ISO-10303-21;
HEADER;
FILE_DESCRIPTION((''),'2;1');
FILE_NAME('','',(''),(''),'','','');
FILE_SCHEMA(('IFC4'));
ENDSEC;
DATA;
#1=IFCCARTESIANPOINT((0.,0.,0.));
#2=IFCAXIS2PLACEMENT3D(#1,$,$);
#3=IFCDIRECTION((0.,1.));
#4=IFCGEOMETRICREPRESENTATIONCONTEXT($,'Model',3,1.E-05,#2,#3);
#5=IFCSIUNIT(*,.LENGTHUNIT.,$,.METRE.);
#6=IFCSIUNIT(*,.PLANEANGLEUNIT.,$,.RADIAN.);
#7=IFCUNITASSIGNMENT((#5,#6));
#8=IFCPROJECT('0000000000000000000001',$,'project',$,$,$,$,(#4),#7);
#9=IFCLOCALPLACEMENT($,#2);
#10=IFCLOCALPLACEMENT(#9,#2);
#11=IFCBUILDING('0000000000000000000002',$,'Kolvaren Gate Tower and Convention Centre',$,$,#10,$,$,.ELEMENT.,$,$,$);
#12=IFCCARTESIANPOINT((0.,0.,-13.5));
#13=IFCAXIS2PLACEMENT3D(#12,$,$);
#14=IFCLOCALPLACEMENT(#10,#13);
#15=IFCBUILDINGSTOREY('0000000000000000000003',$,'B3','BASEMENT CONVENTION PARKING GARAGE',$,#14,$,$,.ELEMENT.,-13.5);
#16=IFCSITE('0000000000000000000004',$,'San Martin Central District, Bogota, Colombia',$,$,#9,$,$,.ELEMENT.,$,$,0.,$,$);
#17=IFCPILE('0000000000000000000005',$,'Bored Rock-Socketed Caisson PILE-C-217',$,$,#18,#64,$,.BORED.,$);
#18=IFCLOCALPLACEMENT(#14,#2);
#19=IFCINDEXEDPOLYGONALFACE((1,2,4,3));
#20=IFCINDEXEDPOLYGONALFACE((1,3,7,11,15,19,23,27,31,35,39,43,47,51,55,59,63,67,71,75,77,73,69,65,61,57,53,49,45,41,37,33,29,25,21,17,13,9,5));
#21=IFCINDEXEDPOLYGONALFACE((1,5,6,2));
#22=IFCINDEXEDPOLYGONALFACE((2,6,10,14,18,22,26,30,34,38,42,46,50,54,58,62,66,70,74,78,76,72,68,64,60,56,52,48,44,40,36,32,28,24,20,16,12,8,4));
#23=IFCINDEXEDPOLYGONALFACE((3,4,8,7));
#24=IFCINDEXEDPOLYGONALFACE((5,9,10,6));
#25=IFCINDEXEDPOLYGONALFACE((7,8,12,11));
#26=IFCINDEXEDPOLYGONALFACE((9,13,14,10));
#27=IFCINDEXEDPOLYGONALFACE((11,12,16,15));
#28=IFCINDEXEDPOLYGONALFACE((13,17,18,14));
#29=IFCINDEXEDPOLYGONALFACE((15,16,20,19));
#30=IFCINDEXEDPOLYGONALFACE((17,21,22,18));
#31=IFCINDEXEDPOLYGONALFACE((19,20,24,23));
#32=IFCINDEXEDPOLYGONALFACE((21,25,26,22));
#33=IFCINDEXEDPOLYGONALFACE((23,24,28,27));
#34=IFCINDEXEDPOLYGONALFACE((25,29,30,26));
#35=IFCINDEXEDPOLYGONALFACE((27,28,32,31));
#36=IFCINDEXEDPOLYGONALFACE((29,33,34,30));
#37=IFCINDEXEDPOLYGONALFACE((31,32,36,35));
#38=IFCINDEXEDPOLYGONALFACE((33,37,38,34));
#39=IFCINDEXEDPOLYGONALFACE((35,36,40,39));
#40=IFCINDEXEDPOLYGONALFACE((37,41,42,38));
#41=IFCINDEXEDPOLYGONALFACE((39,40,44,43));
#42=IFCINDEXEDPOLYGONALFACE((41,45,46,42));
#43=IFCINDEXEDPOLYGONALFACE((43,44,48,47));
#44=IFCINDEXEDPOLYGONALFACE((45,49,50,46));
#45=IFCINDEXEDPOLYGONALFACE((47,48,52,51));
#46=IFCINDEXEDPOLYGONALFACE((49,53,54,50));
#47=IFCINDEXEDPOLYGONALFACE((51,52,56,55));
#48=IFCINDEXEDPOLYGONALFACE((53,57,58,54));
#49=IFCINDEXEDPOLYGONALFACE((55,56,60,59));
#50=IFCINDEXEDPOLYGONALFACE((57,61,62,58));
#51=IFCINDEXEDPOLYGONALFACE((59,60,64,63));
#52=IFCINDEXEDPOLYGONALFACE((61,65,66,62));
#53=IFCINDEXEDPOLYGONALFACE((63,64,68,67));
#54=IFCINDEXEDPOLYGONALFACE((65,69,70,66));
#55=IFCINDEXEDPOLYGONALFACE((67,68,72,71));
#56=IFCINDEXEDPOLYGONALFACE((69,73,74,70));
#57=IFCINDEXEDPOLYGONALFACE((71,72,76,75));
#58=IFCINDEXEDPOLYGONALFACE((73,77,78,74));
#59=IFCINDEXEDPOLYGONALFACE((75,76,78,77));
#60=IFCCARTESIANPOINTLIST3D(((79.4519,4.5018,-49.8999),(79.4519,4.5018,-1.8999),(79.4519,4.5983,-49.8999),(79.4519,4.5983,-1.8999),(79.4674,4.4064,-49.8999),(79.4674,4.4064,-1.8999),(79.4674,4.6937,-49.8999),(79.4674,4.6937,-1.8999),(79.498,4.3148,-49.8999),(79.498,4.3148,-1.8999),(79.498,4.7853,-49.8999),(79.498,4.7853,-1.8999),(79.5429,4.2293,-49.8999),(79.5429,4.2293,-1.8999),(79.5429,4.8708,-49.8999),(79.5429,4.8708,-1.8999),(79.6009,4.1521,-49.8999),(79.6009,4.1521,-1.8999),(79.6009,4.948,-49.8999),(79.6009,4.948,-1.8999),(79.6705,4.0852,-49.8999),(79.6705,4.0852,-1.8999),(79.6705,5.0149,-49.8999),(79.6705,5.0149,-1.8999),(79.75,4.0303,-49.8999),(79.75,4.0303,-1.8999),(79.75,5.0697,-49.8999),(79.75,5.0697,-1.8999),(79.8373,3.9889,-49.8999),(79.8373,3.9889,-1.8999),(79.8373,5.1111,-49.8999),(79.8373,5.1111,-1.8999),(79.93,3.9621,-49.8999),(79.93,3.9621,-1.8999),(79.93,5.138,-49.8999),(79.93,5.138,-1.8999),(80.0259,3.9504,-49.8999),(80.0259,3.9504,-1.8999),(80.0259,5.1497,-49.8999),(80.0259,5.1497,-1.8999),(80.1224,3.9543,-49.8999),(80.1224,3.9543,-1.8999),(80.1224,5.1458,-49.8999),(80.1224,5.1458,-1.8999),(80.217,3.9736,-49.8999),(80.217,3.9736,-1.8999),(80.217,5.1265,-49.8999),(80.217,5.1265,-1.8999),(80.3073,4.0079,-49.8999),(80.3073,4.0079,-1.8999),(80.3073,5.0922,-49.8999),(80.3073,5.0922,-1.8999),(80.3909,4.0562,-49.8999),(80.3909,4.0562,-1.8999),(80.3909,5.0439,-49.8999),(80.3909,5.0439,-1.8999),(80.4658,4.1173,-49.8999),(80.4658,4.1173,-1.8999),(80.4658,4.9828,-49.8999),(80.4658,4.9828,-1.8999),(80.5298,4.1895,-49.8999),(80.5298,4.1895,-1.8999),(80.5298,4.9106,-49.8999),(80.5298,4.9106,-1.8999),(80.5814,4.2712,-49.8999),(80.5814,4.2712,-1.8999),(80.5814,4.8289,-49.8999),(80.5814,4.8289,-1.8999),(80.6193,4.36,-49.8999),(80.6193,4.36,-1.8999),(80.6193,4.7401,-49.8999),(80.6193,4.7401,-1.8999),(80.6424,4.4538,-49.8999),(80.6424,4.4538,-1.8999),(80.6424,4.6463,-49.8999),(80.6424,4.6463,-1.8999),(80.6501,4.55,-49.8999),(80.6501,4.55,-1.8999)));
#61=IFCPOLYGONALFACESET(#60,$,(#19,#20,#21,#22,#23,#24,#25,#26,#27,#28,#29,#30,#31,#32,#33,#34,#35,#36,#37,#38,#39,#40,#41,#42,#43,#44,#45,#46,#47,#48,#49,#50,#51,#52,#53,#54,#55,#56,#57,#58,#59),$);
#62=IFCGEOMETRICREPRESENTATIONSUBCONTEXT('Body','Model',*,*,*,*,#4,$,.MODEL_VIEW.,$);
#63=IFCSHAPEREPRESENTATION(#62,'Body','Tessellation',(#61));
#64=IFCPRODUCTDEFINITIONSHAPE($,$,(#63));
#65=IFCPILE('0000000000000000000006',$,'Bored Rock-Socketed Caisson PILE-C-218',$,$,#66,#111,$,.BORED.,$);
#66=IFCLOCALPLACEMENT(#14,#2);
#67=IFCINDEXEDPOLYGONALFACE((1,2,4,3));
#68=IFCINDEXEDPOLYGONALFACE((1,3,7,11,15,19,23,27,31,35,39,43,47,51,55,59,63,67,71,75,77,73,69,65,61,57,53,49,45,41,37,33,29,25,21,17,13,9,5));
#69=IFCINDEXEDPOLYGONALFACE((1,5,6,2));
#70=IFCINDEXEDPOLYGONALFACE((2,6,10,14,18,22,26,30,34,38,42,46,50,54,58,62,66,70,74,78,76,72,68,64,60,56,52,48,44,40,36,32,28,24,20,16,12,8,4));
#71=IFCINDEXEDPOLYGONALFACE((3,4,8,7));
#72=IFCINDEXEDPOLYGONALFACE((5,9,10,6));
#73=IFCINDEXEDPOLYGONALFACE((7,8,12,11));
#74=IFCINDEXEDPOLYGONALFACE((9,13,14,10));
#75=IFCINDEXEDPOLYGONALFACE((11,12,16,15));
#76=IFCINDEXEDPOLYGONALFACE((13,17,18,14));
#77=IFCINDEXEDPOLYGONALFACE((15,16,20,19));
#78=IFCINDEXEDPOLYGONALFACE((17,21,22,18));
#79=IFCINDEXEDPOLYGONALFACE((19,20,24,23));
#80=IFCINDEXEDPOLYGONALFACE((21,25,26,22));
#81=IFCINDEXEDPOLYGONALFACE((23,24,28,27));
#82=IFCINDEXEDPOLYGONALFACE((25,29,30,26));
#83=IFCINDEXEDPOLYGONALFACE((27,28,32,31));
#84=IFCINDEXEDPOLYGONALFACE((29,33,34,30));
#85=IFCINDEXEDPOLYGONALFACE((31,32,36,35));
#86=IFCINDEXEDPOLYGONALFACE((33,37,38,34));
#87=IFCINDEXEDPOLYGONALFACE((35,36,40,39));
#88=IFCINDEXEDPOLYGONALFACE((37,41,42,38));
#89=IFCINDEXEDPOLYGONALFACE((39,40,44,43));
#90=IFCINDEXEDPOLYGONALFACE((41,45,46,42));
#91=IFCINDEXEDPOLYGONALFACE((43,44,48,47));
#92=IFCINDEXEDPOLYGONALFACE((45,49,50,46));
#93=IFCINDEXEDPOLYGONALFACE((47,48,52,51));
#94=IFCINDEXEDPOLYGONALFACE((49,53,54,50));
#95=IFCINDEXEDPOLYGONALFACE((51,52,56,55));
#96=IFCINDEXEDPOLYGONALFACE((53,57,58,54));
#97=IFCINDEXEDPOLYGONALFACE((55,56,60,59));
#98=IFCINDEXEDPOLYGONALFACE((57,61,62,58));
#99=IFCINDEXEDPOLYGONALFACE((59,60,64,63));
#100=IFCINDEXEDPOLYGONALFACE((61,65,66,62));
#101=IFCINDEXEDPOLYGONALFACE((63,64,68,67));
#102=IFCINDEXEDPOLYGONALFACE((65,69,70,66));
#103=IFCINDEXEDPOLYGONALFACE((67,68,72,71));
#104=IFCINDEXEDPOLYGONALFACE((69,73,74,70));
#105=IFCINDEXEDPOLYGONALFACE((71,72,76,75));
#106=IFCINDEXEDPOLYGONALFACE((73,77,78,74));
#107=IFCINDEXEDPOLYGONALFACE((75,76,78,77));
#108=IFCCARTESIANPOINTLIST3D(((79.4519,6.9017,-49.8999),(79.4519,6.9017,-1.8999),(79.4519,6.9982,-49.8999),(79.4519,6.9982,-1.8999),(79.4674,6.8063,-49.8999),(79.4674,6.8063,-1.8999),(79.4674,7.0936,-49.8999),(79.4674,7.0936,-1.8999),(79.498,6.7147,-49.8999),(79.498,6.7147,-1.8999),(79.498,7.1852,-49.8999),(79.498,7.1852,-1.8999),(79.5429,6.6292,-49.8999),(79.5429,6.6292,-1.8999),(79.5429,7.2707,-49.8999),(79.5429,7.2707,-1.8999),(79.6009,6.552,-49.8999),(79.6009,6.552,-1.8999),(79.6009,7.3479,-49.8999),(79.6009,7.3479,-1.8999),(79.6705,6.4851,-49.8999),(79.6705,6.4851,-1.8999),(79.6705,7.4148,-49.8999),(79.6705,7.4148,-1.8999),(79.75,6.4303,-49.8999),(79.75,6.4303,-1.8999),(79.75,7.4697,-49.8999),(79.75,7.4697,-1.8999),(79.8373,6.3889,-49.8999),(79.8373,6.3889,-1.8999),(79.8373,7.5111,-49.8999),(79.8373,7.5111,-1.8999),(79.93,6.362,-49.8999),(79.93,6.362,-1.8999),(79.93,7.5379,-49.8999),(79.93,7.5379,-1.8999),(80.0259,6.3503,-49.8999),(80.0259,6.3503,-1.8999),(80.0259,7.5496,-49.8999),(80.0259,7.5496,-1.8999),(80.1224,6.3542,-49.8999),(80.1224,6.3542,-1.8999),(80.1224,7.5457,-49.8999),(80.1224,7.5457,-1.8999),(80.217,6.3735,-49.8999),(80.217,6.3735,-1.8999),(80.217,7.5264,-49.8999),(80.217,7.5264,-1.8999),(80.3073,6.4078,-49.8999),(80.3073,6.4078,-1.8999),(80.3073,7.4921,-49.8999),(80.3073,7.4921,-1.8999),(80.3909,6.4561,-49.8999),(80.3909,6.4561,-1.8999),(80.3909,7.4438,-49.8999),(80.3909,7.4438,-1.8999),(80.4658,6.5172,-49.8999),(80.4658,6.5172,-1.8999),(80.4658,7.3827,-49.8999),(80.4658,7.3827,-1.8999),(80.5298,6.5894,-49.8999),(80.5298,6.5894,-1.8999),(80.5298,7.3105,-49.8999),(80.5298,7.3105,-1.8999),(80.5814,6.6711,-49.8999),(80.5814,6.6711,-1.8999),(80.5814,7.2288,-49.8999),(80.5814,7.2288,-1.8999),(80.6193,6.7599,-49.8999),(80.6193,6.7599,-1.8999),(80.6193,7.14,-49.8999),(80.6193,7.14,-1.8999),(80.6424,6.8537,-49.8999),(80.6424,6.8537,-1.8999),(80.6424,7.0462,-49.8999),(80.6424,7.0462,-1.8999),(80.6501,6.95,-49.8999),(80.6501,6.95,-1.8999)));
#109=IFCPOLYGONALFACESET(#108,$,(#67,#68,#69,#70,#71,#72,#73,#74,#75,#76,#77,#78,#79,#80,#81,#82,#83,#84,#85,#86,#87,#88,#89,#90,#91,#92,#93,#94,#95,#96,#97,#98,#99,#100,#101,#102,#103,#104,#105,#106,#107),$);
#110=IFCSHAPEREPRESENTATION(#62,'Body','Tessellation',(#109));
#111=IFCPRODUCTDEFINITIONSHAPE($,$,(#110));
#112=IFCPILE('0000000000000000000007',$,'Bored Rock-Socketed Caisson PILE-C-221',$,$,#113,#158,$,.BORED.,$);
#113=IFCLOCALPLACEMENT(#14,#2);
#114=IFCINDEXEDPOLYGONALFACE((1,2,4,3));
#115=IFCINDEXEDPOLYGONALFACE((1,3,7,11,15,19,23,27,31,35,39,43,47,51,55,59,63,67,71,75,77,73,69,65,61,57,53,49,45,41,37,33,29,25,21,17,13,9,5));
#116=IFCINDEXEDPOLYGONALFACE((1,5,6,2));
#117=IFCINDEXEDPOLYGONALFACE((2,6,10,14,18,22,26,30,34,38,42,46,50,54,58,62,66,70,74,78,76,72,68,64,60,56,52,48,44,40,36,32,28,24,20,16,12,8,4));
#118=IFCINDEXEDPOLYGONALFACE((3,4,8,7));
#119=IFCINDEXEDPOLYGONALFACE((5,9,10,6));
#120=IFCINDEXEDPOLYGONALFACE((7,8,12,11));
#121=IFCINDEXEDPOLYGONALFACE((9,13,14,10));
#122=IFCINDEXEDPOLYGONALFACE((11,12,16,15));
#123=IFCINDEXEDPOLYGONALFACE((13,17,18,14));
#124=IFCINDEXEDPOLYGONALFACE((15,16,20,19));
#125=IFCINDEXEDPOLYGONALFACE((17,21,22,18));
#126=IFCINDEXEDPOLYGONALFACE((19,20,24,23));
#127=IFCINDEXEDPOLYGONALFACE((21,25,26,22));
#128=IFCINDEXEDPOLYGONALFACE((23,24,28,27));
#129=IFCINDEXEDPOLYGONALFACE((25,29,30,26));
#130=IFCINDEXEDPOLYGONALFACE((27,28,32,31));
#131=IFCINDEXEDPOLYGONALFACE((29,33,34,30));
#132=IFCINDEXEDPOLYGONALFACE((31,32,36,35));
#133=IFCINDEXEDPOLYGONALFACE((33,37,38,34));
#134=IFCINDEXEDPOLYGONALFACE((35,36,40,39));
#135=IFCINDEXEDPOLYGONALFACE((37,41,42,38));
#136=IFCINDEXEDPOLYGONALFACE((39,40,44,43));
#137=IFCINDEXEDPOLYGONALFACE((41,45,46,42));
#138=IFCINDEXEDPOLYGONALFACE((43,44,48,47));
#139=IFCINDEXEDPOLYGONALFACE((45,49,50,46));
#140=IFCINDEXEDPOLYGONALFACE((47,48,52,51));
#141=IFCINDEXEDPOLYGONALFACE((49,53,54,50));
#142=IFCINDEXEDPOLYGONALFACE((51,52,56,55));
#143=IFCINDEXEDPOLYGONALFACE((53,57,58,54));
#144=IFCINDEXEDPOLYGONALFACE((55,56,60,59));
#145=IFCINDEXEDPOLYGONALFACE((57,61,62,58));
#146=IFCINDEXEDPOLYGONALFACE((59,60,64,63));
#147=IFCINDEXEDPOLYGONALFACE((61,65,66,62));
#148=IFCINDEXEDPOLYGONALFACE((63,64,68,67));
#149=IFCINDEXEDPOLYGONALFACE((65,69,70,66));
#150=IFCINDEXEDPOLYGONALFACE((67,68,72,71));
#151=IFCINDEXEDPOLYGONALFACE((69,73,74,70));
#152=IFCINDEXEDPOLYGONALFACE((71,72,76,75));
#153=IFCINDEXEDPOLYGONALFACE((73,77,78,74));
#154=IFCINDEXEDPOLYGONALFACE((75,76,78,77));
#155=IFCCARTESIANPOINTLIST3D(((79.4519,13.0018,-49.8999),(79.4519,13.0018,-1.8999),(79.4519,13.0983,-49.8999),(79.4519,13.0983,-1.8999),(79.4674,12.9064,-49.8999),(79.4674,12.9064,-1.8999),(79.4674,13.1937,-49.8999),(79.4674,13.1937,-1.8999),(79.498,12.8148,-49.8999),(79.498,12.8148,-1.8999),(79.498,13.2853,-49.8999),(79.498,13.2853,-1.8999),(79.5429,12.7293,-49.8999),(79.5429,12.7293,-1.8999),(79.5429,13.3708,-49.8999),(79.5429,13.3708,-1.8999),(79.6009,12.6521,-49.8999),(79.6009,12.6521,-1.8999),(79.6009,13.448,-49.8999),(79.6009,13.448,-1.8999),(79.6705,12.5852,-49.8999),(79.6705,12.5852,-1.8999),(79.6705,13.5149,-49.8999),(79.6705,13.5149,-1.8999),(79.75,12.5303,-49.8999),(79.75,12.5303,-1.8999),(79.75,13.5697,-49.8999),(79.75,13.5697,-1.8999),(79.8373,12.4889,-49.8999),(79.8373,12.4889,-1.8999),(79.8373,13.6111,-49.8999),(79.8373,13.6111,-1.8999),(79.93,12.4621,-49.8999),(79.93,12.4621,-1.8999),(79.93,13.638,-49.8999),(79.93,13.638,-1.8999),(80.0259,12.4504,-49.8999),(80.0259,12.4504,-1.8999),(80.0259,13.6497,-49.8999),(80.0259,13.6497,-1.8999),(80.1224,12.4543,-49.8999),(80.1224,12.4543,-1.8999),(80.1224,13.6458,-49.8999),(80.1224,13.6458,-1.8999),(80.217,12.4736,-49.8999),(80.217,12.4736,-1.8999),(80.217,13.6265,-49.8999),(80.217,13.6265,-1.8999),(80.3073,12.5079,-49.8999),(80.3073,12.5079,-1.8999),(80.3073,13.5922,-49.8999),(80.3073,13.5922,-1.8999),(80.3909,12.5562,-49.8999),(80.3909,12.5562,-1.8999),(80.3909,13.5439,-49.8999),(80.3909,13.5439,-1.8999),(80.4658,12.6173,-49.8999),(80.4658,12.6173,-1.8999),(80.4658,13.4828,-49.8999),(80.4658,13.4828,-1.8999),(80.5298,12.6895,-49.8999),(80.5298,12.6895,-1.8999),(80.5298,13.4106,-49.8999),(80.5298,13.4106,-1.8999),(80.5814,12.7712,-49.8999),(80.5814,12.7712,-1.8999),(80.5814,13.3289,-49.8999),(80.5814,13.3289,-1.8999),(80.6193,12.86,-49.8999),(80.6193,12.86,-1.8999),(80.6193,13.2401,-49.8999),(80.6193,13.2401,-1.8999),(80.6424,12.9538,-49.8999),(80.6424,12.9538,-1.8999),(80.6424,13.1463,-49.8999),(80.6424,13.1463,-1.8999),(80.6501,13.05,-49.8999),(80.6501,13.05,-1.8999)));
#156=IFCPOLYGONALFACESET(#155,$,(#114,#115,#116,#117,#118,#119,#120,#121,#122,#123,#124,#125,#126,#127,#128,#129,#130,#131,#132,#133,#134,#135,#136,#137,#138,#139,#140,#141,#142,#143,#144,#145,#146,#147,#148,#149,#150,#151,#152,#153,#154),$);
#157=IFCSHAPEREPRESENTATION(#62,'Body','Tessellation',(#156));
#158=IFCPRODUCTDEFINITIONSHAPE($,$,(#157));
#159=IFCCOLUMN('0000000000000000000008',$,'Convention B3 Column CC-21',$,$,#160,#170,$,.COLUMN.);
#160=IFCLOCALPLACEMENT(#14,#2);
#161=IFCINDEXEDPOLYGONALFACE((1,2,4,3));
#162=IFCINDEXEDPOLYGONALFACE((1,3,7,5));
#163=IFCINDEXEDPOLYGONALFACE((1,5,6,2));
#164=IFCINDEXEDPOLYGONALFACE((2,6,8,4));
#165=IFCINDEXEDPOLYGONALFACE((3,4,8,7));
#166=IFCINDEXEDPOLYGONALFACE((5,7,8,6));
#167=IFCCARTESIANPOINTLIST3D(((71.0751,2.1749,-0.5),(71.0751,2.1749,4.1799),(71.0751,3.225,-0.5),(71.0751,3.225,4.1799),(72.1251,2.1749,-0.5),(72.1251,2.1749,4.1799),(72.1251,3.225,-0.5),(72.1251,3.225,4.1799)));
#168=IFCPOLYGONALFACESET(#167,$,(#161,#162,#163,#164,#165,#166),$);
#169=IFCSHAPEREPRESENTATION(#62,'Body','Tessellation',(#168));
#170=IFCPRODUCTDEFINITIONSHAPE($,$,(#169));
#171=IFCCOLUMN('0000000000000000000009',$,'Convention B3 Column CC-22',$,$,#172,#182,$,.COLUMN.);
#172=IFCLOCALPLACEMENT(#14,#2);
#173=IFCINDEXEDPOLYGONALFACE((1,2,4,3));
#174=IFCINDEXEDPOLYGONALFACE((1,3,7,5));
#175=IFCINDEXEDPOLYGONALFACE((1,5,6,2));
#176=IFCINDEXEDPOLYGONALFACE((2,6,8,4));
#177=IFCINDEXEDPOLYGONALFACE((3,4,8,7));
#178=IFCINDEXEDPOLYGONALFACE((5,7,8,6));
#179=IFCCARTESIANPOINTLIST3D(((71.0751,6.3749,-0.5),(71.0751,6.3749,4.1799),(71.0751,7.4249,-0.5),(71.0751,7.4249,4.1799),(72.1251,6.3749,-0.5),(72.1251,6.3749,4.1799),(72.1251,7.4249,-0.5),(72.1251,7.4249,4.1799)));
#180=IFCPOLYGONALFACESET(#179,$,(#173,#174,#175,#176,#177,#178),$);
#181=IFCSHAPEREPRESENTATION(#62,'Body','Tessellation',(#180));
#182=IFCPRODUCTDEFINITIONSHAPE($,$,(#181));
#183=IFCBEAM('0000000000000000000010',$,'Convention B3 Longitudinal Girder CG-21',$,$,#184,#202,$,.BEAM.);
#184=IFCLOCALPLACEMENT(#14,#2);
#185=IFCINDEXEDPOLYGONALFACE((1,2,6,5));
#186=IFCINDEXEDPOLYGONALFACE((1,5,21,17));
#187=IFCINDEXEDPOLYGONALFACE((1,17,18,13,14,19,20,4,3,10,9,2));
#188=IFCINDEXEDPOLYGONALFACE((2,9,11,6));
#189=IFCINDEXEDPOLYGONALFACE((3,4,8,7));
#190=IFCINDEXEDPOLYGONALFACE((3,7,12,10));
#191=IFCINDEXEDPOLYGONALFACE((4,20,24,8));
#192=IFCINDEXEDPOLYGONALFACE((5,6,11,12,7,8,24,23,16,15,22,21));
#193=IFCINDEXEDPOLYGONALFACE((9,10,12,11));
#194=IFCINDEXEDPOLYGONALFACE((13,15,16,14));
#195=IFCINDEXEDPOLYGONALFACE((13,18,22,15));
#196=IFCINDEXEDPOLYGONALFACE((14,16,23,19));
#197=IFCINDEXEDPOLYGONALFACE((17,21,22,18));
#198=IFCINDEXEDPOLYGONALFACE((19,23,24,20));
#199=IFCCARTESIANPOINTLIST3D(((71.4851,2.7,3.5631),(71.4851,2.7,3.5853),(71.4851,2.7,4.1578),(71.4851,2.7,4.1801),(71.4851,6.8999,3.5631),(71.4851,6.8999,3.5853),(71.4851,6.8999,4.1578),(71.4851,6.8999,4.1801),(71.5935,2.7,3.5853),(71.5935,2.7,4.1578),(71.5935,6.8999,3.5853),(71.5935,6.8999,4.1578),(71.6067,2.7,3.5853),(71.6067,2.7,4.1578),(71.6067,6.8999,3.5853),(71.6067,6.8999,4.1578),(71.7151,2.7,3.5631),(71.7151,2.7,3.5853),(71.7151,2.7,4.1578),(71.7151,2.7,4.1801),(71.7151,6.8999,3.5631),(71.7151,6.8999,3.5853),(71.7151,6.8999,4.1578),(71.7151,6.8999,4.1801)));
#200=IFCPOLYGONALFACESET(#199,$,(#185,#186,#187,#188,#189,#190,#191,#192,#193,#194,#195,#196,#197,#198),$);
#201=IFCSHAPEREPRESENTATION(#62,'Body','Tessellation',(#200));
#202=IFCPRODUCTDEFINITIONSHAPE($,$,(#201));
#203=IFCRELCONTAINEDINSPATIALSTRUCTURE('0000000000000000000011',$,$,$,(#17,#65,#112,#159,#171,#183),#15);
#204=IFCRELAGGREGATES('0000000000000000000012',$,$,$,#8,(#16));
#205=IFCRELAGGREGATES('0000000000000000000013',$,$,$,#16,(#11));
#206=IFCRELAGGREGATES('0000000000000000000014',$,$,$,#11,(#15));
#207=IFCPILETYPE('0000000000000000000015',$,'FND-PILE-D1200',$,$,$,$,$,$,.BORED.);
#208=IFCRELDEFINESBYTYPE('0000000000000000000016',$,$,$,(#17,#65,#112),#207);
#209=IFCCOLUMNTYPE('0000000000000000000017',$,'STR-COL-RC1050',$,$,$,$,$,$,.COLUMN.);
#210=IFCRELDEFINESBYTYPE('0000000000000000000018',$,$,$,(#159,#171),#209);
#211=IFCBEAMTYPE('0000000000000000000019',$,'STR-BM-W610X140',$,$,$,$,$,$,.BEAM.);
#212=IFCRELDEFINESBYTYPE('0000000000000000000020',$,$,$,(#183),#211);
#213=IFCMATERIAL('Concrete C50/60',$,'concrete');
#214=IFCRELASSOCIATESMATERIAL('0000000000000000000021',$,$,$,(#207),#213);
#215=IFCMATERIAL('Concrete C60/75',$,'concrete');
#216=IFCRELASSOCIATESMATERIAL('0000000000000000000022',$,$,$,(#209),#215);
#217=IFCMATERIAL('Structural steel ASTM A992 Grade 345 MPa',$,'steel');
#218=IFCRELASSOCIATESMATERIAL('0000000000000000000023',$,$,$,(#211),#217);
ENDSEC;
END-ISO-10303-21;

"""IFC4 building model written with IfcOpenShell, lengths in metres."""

from ifc_helpers import new_model, si_unit, direction, frame, origin, origin_2d, place, context, subcontext, project, spatial, rectangle, circle, i_section, extrude, material, material_profile, profile_set, type_object, element, save


model = new_model("IFC4")

# Units and contexts
model_context = context("Model", 3, precision=1e-05, world=origin(), true_north=direction((0.0, 1.0)))
body_context = subcontext(model_context, "Body", "Model", "MODEL_VIEW")
ifc_project = project(units=[si_unit("LENGTHUNIT", "METRE"), si_unit("PLANEANGLEUNIT", "RADIAN")], contexts=[model_context])

# Site, building, storey
site_placement = place(None, origin())
site = spatial("IfcSite", under=ifc_project, at=site_placement, Name="San Martin Central District, Bogota, Colombia", CompositionType="ELEMENT", RefElevation=0.0)
building_placement = place(site_placement, origin())
building = spatial("IfcBuilding", under=site, at=building_placement, Name="Kolvaren Gate Tower and Convention Centre", CompositionType="ELEMENT")
storey_placement = place(building_placement, frame((0.0, 0.0, -13.5)))
storey = spatial("IfcBuildingStorey", under=building, at=storey_placement, Name="B3", Description="BASEMENT CONVENTION PARKING GARAGE", CompositionType="ELEMENT", Elevation=-13.5)

# Shared definitions
ifc_material_1 = material(Name="Concrete C50/60", Category="concrete")
ifc_material_2 = material(Name="Concrete C60/75", Category="concrete")

# Piles
ifc_material_profile_1 = material_profile(ifc_material_1, circle(Radius=0.6001, at=origin_2d()), Name="CAISSON-D1200")
ifc_profile_set_1 = profile_set([ifc_material_profile_1], Name="Concrete C50/60")
pile_type = type_object("IfcPileType", Name="FND-PILE-D1200", PredefinedType="BORED", material=ifc_profile_set_1)
for number, where, z_axis, x_axis, name in (
    (1, (80.05, 4.55, -1.8999), (0.0, 0.0, -1.0), (1.0, 0.0, 0.0), "Bored Rock-Socketed Caisson PILE-C-217"),
    (2, (80.05, 6.95, -1.8999), (0.0, 0.0, -1.0), (1.0, 0.0, 0.0), "Bored Rock-Socketed Caisson PILE-C-218"),
    (3, (80.05, 13.05, -1.8999), (0.0, 0.0, -1.0), (1.0, 0.0, 0.0), "Bored Rock-Socketed Caisson PILE-C-221"),
):
    element("IfcPile", number, at=place(storey_placement, frame(where, z_axis=z_axis, x_axis=x_axis)), inside=storey, type_object=pile_type, Name=name, PredefinedType="BORED", context=body_context, shape_type="SweptSolid", body=[
        extrude(circle(Radius=0.6001, at=origin_2d()), origin(), (0.0, 0.0, 1.0), 48.0),
    ])

# Columns
ifc_material_profile_2 = material_profile(ifc_material_2, rectangle(XDim=1.05, YDim=1.05, at=origin_2d()), Name="RC-COL-1050X1050")
ifc_profile_set_2 = profile_set([ifc_material_profile_2], Name="Concrete C60/75")
column_type = type_object("IfcColumnType", Name="STR-COL-RC1050", PredefinedType="COLUMN", material=ifc_profile_set_2)
for number, where, z_axis, x_axis, name in (
    (4, (71.6001, 2.7, -0.5), (0.0, 0.0, 1.0), (1.0, 0.0, 0.0), "Convention B3 Column CC-21"),
    (5, (71.6001, 6.8999, -0.5), (0.0, 0.0, 1.0), (1.0, 0.0, 0.0), "Convention B3 Column CC-22"),
):
    element("IfcColumn", number, at=place(storey_placement, frame(where, z_axis=z_axis, x_axis=x_axis)), inside=storey, type_object=column_type, Name=name, PredefinedType="COLUMN", context=body_context, shape_type="SweptSolid", body=[
        extrude(rectangle(XDim=1.05, YDim=1.05, at=origin_2d()), origin(), (0.0, 0.0, 1.0), 4.6799),
    ])

# Beam
ifc_material_3 = material(Name="Structural steel ASTM A992 Grade 345 MPa", Category="steel")
ifc_material_profile_3 = material_profile(ifc_material_3, i_section(OverallWidth=0.23, OverallDepth=0.6169, WebThickness=0.0132, FlangeThickness=0.0222, at=origin_2d()), Name="W610X140")
ifc_profile_set_3 = profile_set([ifc_material_profile_3], Name="Structural steel ASTM A992 Grade 345 MPa")
beam_type_1 = type_object("IfcBeamType", Name="STR-BM-W610X140", PredefinedType="BEAM", material=ifc_profile_set_3)
beam_1_placement = place(storey_placement, frame((71.6001, 2.7, 3.8716), z_axis=(0.0, 1.0, 0.0), x_axis=(-1.0, 0.0, 0.0)))
element("IfcBeam", 6, at=beam_1_placement, inside=storey, type_object=beam_type_1, Name="Convention B3 Longitudinal Girder CG-21", PredefinedType="BEAM", context=body_context, shape_type="SweptSolid", body=[
    extrude(i_section(OverallWidth=0.23, OverallDepth=0.6169, WebThickness=0.0132, FlangeThickness=0.0222, at=origin_2d()), origin(), (0.0, 0.0, 1.0), 4.2),
])

save(model, "model.ifc")
